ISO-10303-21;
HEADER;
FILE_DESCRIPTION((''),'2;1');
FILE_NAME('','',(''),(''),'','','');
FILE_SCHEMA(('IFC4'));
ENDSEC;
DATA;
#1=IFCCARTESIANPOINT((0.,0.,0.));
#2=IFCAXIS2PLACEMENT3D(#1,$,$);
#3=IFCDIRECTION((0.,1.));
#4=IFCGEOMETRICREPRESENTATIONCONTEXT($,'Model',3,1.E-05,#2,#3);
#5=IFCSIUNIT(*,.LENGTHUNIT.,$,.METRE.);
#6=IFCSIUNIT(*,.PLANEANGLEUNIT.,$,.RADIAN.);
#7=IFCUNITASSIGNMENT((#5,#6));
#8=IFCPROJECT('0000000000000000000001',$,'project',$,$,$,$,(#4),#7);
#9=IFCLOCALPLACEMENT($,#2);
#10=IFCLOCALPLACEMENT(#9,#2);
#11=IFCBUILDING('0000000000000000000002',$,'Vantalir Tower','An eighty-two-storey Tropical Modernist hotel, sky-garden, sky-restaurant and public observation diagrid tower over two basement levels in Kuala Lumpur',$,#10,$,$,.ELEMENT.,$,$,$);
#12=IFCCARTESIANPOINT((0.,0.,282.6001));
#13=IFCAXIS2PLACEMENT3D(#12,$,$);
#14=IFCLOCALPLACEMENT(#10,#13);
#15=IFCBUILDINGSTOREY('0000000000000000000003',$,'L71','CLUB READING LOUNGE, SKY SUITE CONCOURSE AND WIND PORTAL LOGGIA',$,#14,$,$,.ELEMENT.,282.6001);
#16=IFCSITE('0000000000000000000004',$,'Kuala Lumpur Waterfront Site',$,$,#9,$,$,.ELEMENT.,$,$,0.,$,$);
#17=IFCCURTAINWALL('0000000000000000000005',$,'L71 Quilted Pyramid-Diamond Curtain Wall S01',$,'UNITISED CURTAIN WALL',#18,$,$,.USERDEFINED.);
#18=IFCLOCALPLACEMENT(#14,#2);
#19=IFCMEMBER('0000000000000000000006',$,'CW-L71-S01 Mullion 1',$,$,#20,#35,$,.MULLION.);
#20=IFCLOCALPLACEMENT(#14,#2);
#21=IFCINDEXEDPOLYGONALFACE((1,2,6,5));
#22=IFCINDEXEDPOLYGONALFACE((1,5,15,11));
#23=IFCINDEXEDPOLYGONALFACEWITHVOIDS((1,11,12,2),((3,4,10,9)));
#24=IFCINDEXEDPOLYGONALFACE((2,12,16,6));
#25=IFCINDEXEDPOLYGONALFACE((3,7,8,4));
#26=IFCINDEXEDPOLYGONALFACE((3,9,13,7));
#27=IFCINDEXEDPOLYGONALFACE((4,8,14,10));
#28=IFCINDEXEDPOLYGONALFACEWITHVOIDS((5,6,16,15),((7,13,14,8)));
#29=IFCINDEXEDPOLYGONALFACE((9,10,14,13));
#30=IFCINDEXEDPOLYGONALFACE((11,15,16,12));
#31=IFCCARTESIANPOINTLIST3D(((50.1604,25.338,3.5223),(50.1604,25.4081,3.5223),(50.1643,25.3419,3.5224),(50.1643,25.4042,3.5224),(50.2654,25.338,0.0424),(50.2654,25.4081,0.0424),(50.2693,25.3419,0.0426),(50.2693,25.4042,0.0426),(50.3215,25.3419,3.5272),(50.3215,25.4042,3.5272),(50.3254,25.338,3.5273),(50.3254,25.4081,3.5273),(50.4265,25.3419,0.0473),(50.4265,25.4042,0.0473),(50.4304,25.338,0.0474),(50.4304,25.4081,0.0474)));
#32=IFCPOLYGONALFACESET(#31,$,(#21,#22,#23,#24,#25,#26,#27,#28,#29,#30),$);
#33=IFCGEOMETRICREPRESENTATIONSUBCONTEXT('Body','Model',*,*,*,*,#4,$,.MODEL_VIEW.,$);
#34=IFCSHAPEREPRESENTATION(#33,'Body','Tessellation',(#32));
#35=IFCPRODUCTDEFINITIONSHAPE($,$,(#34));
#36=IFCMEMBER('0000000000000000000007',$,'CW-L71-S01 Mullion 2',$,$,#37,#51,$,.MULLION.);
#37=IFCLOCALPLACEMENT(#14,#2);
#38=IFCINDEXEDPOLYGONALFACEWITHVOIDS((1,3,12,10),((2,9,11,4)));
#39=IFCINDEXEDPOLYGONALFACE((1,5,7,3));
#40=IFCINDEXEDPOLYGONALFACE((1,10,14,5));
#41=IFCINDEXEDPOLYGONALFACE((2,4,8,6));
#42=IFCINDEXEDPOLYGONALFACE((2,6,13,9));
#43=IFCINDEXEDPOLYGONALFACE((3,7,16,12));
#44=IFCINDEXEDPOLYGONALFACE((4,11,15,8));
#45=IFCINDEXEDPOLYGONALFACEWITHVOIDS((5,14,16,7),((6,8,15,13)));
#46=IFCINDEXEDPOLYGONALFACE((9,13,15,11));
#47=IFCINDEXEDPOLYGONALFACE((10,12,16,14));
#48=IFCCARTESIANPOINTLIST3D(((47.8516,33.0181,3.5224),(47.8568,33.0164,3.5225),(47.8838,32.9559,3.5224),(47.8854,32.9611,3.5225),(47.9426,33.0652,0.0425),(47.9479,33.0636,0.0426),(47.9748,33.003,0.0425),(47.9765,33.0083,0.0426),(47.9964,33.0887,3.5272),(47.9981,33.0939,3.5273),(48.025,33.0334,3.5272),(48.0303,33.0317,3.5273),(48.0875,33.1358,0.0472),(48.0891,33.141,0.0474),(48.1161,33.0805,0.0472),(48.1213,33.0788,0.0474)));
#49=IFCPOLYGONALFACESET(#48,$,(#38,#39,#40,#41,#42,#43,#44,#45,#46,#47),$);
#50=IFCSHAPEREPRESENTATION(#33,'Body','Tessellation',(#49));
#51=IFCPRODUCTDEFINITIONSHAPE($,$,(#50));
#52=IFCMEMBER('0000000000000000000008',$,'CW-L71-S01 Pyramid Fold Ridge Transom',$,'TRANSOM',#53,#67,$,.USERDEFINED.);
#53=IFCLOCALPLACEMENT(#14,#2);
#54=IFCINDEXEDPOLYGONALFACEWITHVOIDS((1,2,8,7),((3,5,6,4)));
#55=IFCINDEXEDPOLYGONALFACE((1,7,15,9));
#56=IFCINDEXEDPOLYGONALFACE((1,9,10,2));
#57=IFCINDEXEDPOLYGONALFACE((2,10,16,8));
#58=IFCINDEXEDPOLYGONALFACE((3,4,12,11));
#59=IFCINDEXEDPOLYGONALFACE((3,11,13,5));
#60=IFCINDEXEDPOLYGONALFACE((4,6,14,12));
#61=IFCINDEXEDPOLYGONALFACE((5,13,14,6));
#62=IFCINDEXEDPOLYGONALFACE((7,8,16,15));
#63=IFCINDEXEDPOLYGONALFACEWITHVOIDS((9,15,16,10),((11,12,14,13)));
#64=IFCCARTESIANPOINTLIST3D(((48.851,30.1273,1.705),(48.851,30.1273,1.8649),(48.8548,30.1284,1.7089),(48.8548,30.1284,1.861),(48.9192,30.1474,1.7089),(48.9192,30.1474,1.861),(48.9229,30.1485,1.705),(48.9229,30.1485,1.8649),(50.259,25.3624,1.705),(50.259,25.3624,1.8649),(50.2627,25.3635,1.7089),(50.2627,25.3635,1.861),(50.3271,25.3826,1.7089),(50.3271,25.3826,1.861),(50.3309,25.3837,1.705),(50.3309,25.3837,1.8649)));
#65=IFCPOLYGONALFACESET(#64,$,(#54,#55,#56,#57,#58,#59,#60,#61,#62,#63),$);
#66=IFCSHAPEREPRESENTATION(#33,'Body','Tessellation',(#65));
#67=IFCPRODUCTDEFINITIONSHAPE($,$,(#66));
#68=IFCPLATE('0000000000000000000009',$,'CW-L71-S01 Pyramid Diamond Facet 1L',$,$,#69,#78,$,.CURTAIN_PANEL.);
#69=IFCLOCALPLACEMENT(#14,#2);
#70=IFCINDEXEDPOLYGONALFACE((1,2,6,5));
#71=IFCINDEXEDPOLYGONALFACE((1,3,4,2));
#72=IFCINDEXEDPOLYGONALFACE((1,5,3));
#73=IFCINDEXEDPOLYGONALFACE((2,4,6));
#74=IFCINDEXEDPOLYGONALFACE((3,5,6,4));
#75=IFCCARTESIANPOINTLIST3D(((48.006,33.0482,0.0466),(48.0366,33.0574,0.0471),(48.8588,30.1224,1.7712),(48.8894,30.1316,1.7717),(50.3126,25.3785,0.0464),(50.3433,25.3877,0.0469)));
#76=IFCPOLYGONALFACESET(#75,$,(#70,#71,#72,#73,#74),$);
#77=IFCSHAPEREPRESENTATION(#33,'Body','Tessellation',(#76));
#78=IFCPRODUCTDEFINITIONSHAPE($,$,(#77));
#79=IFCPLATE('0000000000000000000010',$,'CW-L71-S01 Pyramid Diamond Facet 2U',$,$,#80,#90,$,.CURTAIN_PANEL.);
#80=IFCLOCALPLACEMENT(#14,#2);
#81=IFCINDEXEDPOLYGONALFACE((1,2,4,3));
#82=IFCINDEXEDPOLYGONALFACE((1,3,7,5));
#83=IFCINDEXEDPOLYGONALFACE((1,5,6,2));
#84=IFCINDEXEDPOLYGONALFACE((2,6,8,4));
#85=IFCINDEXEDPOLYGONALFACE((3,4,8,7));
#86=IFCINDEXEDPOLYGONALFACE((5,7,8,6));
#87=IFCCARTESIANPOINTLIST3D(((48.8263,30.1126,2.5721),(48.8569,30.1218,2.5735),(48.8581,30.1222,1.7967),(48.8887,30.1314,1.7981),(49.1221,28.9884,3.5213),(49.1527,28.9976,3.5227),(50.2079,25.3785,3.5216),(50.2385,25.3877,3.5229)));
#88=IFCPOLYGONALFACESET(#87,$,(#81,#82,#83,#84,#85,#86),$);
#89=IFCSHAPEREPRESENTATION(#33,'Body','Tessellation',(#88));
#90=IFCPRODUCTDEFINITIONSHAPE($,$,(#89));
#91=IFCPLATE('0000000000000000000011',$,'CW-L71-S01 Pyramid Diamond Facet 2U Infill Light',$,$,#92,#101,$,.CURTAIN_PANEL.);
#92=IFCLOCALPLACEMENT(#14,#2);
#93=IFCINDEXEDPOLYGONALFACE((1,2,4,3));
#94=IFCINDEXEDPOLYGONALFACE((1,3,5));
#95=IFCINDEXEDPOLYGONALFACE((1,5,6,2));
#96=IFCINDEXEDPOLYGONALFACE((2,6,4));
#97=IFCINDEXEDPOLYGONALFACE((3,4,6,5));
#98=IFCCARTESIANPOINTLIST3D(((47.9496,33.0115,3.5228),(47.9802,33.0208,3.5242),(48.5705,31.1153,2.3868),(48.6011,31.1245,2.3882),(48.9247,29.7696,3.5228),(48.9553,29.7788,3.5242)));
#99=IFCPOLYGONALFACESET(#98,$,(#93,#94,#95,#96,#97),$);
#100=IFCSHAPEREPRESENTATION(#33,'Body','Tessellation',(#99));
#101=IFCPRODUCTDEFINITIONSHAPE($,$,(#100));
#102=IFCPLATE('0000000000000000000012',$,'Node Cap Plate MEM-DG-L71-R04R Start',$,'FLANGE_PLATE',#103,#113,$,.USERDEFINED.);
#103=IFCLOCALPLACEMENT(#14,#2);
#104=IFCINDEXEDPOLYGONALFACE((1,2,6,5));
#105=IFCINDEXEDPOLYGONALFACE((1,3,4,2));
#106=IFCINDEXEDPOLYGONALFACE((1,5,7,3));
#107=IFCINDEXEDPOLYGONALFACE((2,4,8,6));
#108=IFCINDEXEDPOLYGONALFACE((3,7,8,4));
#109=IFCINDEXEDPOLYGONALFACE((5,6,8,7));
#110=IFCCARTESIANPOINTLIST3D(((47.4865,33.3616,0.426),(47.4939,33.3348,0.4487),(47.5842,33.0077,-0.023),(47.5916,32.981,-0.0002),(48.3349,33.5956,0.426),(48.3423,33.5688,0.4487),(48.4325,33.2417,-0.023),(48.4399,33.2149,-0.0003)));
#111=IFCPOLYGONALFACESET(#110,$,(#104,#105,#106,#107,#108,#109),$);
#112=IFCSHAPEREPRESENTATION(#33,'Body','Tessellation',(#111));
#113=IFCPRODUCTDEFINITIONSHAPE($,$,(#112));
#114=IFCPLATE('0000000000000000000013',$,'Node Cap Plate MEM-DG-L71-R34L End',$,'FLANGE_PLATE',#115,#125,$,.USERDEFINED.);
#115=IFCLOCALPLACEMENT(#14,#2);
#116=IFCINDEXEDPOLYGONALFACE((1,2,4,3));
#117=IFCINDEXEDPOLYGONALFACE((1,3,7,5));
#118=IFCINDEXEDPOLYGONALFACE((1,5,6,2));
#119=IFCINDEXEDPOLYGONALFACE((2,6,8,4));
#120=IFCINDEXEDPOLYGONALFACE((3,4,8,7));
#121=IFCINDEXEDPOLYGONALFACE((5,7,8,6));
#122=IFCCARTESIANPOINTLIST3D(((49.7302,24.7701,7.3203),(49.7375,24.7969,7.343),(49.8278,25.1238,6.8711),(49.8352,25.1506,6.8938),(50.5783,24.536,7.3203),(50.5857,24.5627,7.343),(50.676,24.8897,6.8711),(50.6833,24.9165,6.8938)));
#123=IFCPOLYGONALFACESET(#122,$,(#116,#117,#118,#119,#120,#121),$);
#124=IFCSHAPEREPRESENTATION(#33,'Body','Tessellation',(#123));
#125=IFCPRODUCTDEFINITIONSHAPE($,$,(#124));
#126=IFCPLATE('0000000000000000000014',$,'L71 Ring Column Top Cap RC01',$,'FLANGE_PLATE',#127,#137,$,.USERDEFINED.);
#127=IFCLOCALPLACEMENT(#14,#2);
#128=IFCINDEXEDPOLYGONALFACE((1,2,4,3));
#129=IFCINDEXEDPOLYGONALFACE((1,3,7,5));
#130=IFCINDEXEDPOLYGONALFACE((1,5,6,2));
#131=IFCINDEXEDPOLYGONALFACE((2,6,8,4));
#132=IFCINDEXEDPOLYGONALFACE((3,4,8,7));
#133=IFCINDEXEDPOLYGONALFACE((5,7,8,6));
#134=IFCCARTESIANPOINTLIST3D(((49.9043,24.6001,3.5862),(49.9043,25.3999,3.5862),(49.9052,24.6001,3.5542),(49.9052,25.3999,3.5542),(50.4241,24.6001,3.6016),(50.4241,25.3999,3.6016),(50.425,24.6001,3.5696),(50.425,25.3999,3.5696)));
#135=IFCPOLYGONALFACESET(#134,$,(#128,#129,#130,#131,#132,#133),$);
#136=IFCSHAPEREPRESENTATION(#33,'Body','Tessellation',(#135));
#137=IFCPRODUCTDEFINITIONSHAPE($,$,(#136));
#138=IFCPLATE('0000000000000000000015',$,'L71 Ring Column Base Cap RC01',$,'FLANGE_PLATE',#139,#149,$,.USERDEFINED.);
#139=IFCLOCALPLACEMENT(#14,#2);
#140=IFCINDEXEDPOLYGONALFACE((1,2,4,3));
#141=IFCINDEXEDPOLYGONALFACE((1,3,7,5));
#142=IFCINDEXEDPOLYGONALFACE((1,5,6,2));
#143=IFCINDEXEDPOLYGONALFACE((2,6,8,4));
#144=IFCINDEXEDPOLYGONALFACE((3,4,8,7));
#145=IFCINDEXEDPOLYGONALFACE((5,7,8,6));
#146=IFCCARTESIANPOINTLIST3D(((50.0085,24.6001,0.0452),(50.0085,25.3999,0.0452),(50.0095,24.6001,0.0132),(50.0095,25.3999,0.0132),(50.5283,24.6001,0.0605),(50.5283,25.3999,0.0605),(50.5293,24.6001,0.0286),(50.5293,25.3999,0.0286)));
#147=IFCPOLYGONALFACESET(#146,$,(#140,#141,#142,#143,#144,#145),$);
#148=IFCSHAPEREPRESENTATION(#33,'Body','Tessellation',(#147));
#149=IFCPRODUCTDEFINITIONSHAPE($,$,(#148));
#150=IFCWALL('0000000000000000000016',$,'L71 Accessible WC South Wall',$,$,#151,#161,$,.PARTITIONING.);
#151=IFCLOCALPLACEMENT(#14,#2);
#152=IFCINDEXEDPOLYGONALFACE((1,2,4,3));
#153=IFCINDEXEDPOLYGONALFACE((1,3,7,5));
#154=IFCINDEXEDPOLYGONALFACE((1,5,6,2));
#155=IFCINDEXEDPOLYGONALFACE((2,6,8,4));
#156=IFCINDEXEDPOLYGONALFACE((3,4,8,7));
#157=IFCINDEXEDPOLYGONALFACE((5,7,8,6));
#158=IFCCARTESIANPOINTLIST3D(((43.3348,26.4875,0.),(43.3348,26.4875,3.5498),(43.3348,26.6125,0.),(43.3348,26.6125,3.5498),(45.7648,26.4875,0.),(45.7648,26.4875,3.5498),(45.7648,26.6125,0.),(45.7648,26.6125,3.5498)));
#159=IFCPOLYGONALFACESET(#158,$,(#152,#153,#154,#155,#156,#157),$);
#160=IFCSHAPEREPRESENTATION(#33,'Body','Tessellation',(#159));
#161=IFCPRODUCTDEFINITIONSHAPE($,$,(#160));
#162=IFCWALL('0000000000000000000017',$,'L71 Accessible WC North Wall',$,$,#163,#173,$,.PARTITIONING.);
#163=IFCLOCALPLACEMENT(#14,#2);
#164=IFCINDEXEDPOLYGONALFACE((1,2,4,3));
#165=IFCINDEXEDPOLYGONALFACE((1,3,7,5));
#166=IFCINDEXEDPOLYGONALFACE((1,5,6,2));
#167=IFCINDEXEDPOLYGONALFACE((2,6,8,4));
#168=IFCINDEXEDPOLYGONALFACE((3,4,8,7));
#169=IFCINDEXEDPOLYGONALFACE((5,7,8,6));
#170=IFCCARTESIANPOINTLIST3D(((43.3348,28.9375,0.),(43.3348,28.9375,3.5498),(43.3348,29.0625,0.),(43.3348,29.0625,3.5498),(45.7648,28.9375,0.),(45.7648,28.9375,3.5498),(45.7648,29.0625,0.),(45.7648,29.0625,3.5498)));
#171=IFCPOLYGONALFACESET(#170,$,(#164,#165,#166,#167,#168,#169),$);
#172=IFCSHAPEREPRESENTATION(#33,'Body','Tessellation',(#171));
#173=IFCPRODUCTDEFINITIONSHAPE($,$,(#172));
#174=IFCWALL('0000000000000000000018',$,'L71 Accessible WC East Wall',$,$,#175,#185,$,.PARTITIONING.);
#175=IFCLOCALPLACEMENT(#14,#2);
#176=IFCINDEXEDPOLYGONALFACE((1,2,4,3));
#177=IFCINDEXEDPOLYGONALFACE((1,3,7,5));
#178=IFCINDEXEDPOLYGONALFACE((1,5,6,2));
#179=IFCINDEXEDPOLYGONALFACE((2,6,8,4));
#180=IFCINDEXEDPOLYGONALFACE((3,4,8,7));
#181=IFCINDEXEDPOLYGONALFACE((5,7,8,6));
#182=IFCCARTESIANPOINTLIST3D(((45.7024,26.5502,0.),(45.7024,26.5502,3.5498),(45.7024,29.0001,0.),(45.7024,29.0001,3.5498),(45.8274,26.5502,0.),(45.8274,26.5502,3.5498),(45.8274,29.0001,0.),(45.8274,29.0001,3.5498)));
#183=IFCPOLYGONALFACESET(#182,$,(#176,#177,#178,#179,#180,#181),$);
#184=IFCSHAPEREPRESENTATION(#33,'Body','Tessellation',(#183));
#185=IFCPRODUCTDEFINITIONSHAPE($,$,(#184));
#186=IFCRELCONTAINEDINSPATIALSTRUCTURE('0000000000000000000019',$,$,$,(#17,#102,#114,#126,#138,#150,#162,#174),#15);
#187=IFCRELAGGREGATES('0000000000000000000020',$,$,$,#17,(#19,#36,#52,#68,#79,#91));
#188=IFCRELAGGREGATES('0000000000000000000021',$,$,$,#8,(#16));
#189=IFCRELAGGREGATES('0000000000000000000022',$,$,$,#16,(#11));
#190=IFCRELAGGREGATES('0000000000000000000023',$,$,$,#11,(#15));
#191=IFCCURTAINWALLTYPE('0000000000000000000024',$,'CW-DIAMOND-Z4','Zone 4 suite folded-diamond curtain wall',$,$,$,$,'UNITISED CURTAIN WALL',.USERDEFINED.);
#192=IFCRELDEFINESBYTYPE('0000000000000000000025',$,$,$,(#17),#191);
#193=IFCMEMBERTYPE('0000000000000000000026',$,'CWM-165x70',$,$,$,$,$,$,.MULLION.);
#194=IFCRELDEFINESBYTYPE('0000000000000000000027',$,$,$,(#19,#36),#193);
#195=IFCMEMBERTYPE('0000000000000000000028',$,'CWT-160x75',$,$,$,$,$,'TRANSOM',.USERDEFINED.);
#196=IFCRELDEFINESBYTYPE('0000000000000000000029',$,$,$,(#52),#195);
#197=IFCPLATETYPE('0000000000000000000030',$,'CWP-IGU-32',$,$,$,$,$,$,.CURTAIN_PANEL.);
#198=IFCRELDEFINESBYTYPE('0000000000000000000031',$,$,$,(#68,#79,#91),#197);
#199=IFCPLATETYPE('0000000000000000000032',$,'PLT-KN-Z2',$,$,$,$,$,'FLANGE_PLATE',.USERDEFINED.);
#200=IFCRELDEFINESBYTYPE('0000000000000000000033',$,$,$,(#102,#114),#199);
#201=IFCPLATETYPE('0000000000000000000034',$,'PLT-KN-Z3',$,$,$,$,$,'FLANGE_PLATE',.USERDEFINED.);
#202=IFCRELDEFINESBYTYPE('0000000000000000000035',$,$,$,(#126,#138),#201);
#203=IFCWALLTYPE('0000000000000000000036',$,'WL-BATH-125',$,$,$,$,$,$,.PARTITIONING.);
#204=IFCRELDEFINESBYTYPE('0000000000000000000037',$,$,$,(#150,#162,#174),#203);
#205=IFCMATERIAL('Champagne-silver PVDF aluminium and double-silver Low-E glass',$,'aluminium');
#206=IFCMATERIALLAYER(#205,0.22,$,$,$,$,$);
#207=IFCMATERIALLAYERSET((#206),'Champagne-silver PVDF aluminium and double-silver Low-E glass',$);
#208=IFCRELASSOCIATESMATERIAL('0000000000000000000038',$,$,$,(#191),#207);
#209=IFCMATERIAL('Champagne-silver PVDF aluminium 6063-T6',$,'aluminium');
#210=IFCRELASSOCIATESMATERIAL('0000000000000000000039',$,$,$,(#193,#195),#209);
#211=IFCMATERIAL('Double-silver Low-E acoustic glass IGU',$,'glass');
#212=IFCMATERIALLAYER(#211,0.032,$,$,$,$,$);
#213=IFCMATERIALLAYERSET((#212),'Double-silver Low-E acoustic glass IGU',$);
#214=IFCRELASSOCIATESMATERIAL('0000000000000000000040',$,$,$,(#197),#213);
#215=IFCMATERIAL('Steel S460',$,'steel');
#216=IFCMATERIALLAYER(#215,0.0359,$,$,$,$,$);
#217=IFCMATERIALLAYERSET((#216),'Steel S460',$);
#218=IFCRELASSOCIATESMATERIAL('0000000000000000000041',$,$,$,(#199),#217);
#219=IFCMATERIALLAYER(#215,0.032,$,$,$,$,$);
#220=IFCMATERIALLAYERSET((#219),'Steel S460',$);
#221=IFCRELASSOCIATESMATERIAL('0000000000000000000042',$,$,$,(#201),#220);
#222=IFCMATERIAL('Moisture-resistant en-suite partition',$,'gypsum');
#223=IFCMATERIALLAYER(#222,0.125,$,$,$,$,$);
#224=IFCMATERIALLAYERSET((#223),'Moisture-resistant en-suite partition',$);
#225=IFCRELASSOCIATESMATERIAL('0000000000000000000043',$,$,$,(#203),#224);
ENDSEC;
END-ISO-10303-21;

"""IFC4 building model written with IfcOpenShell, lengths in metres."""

from ifc_helpers import new_model, si_unit, direction, frame, frame_2d, origin, origin_2d, place, context, subcontext, project, spatial, polyline, rectangle, hollow_rectangle, outline, extrude, material, layer, layer_set, material_profile, profile_set, type_object, element, aggregate, save


model = new_model("IFC4")

# Units and contexts
model_context = context("Model", 3, precision=1e-05, world=origin(), true_north=direction((0.0, 1.0)))
body_context = subcontext(model_context, "Body", "Model", "MODEL_VIEW")
ifc_project = project(units=[si_unit("LENGTHUNIT", "METRE"), si_unit("PLANEANGLEUNIT", "RADIAN")], contexts=[model_context])

# Site, building, storey
site_placement = place(None, origin())
site = spatial("IfcSite", under=ifc_project, at=site_placement, Name="Kuala Lumpur Waterfront Site", CompositionType="ELEMENT", RefElevation=0.0)
building_placement = place(site_placement, origin())
building = spatial("IfcBuilding", under=site, at=building_placement, Name="Vantalir Tower", Description="An eighty-two-storey Tropical Modernist hotel, sky-garden, sky-restaurant and public observation diagrid tower over two basement levels in Kuala Lumpur", CompositionType="ELEMENT")
storey_placement = place(building_placement, frame((0.0, 0.0, 282.6001)))
storey = spatial("IfcBuildingStorey", under=building, at=storey_placement, Name="L71", Description="CLUB READING LOUNGE, SKY SUITE CONCOURSE AND WIND PORTAL LOGGIA", CompositionType="ELEMENT", Elevation=282.6001)

# Shared definitions
ifc_material_1 = material(Name="Steel S460", Category="steel")

# Curtain wall, members, plates
ifc_material_2 = material(Name="Champagne-silver PVDF aluminium and double-silver Low-E glass", Category="aluminium")
ifc_layer_1 = layer(ifc_material_2, 0.22)
ifc_layer_set_1 = layer_set([ifc_layer_1], Name="Champagne-silver PVDF aluminium and double-silver Low-E glass")
curtain_wall_type = type_object("IfcCurtainWallType", Name="CW-DIAMOND-Z4", Description="Zone 4 suite folded-diamond curtain wall", ElementType="UNITISED CURTAIN WALL", PredefinedType="USERDEFINED", material=ifc_layer_set_1)
curtain_wall_placement = place(storey_placement, origin())
curtain_wall = element("IfcCurtainWall", 1, at=curtain_wall_placement, inside=storey, type_object=curtain_wall_type, Name="L71 Quilted Pyramid-Diamond Curtain Wall S01", ObjectType="UNITISED CURTAIN WALL", PredefinedType="USERDEFINED")
ifc_material_3 = material(Name="Champagne-silver PVDF aluminium 6063-T6", Category="aluminium")
ifc_material_profile_1 = material_profile(ifc_material_3, hollow_rectangle(XDim=0.0701, YDim=0.165, WallThickness=0.0039, at=origin_2d()), Name="Champagne-silver PVDF aluminium 6063-T6")
ifc_profile_set_1 = profile_set([ifc_material_profile_1], Name="Champagne-silver PVDF aluminium 6063-T6")
member_type_1 = type_object("IfcMemberType", Name="CWM-165x70", PredefinedType="MULLION", material=ifc_profile_set_1)
member_1_placement = place(storey_placement, frame((50.3479, 25.373, 0.0449), z_axis=(-0.030153, 0.0, 0.999545), x_axis=(0.0, -1.0, 0.0)))
member_1 = element("IfcMember", 2, at=member_1_placement, type_object=member_type_1, Name="CW-L71-S01 Mullion 1", PredefinedType="MULLION", context=body_context, shape_type="SweptSolid", body=[
    extrude(hollow_rectangle(XDim=0.0701, YDim=0.165, WallThickness=0.0039, at=origin_2d()), origin(), (0.0, 0.0, 1.0), 3.4814),
])
member_2_placement = place(storey_placement, frame((48.032, 33.072, 0.0449), z_axis=(-0.026157, -0.013534, 0.999566), x_axis=(0.459552, -0.888151, 0.0)))
member_2 = element("IfcMember", 3, at=member_2_placement, type_object=member_type_1, Name="CW-L71-S01 Mullion 2", PredefinedType="MULLION", context=body_context, shape_type="SweptSolid", body=[
    extrude(hollow_rectangle(XDim=0.0701, YDim=0.165, WallThickness=0.0039, at=origin_2d()), origin(), (0.0, 0.0, 1.0), 3.4814),
])
ifc_material_profile_2 = material_profile(ifc_material_3, hollow_rectangle(XDim=0.075, YDim=0.1599, WallThickness=0.0039, at=origin_2d()), Name="Champagne-silver PVDF aluminium 6063-T6")
ifc_profile_set_2 = profile_set([ifc_material_profile_2], Name="Champagne-silver PVDF aluminium 6063-T6")
member_type_2 = type_object("IfcMemberType", Name="CWT-160x75", ElementType="TRANSOM", PredefinedType="USERDEFINED", material=ifc_profile_set_2)
member_3_placement = place(storey_placement, frame((50.2949, 25.373, 1.7849), z_axis=(-0.283374, 0.95901, 0.0), x_axis=(-0.95901, -0.283374, 0.0)))
member_3 = element("IfcMember", 4, at=member_3_placement, type_object=member_type_2, Name="CW-L71-S01 Pyramid Fold Ridge Transom", ObjectType="TRANSOM", PredefinedType="USERDEFINED", context=body_context, shape_type="SweptSolid", body=[
    extrude(hollow_rectangle(XDim=0.075, YDim=0.1599, WallThickness=0.0039, at=origin_2d()), origin(), (0.0, 0.0, 1.0), 4.9685),
])
ifc_material_4 = material(Name="Double-silver Low-E acoustic glass IGU", Category="glass")
ifc_layer_2 = layer(ifc_material_4, 0.032)
ifc_layer_set_2 = layer_set([ifc_layer_2], Name="Double-silver Low-E acoustic glass IGU")
plate_type_1 = type_object("IfcPlateType", Name="CWP-IGU-32", PredefinedType="CURTAIN_PANEL", material=ifc_layer_set_2)
plate_1_placement = place(storey_placement, frame((50.3433, 25.3877, 0.0469), z_axis=(0.95752, 0.287972, 0.015067), x_axis=(-0.288005, 0.957629, 0.00003)))
plate_1 = element("IfcPlate", 5, at=plate_1_placement, type_object=plate_type_1, Name="CW-L71-S01 Pyramid Diamond Facet 1L", PredefinedType="CURTAIN_PANEL", context=body_context, shape_type="SweptSolid", body=[
    extrude(outline(polyline([(0.0, 0.0), (8.009, 0.0), (4.9617, 1.7249), (0.0, 0.0)])), origin(), (0.0, 0.0, -1.0), 0.032),
])
plate_2_placement = place(storey_placement, frame((50.2385, 25.3877, 3.5229), z_axis=(0.956736, 0.287793, 0.042791), x_axis=(-0.288054, 0.957614, -0.000064)))
plate_2 = element("IfcPlate", 6, at=plate_2_placement, type_object=plate_type_1, Name="CW-L71-S01 Pyramid Diamond Facet 2U", PredefinedType="CURTAIN_PANEL", context=body_context, shape_type="SweptSolid", body=[
    extrude(outline(polyline([(0.0, 0.0), (3.7697, 0.0), (4.9315, -0.95), (4.9315, -1.7261), (0.0, 0.0)])), origin(), (0.0, 0.0, -1.0), 0.032),
])
plate_3_placement = place(storey_placement, frame((48.9553, 29.7788, 3.5242), z_axis=(0.956755, 0.287769, 0.042538), x_axis=(-0.288029, 0.957622, 0.0)))
plate_3 = element("IfcPlate", 7, at=plate_3_placement, type_object=plate_type_1, Name="CW-L71-S01 Pyramid Diamond Facet 2U Infill Light", PredefinedType="CURTAIN_PANEL", context=body_context, shape_type="SweptSolid", body=[
    extrude(outline(polyline([(0.0, 0.0), (3.3854, 0.0), (1.3907, -1.137), (0.0, 0.0)])), origin(), (0.0, 0.0, -1.0), 0.032),
])
aggregate(curtain_wall, [member_1, member_2, member_3, plate_1, plate_2, plate_3])

# Plates
ifc_layer_3 = layer(ifc_material_1, 0.0359)
ifc_layer_set_3 = layer_set([ifc_layer_3], Name="Steel S460")
plate_type_2 = type_object("IfcPlateType", Name="PLT-KN-Z2", ElementType="FLANGE_PLATE", PredefinedType="USERDEFINED", material=ifc_layer_set_3)
plate_4_placement = place(storey_placement, frame((47.5916, 32.981, -0.0002), z_axis=(0.205846, -0.746286, 0.632996), x_axis=(0.964015, 0.265846, -0.000066)))
element("IfcPlate", 8, at=plate_4_placement, inside=storey, type_object=plate_type_2, Name="Node Cap Plate MEM-DG-L71-R04R Start", ObjectType="FLANGE_PLATE", PredefinedType="USERDEFINED", context=body_context, shape_type="SweptSolid", body=[
    extrude(outline(polyline([(0.0, 0.0), (0.88, 0.0), (0.88, 0.58), (-0.0001, 0.5799), (0.0, 0.0)])), origin(), (0.0, 0.0, -1.0), 0.0359),
])
plate_5_placement = place(storey_placement, frame((50.6833, 24.9165, 6.8938), z_axis=(0.206072, 0.746502, 0.632668), x_axis=(-0.963946, 0.266098, 0.0)))
element("IfcPlate", 9, at=plate_5_placement, inside=storey, type_object=plate_type_2, Name="Node Cap Plate MEM-DG-L71-R34L End", ObjectType="FLANGE_PLATE", PredefinedType="USERDEFINED", context=body_context, shape_type="SweptSolid", body=[
    extrude(outline(polyline([(0.0, 0.0), (0.8799, 0.0), (0.8799, 0.5801), (0.0, 0.5801), (0.0, 0.0)])), origin(), (0.0, 0.0, -1.0), 0.0359),
])
ifc_layer_4 = layer(ifc_material_1, 0.032)
ifc_layer_set_4 = layer_set([ifc_layer_4], Name="Steel S460")
plate_type_3 = type_object("IfcPlateType", Name="PLT-KN-Z3", ElementType="FLANGE_PLATE", PredefinedType="USERDEFINED", material=ifc_layer_set_4)
for number, where, z_axis, x_axis, name in (
    (10, (49.9043, 25.3999, 3.5862), (-0.029578, 0.0, 0.999562), (0.0, -1.0, 0.0), "L71 Ring Column Top Cap RC01"),
    (11, (50.0085, 25.3999, 0.0452), (-0.029578, 0.0, 0.999562), (0.0, -1.0, 0.0), "L71 Ring Column Base Cap RC01"),
):
    element("IfcPlate", number, at=place(storey_placement, frame(where, z_axis=z_axis, x_axis=x_axis)), inside=storey, type_object=plate_type_3, Name=name, ObjectType="FLANGE_PLATE", PredefinedType="USERDEFINED", context=body_context, shape_type="SweptSolid", body=[
        extrude(outline(polyline([(0.0, 0.0), (0.7998, 0.0), (0.7998, 0.52), (0.0, 0.52), (0.0, 0.0)])), origin(), (0.0, 0.0, -1.0), 0.032),
    ])

# Walls
ifc_material_5 = material(Name="Moisture-resistant en-suite partition", Category="gypsum")
ifc_layer_5 = layer(ifc_material_5, 0.125)
ifc_layer_set_5 = layer_set([ifc_layer_5], Name="Moisture-resistant en-suite partition")
wall_type_1 = type_object("IfcWallType", Name="WL-BATH-125", PredefinedType="PARTITIONING", material=ifc_layer_set_5)
for number, where, z_axis, x_axis, name in (
    (12, (43.335, 26.55, 0.0), (0.0, 0.0, 1.0), (1.0, 0.0, 0.0), "L71 Accessible WC South Wall"),
    (13, (43.335, 29.0, 0.0), (0.0, 0.0, 1.0), (1.0, 0.0, 0.0), "L71 Accessible WC North Wall"),
):
    element("IfcWall", number, at=place(storey_placement, frame(where, z_axis=z_axis, x_axis=x_axis)), inside=storey, type_object=wall_type_1, Name=name, PredefinedType="PARTITIONING", context=body_context, shape_type="SweptSolid", body=[
        extrude(rectangle(XDim=2.4299, YDim=0.125, at=frame_2d((1.2148, 0.0))), origin(), (0.0, 0.0, 1.0), 3.5498),
    ])
wall_1_placement = place(storey_placement, frame((45.7649, 26.55, 0.0), z_axis=(0.0, 0.0, 1.0), x_axis=(0.0, 1.0, 0.0)))
element("IfcWall", 14, at=wall_1_placement, inside=storey, type_object=wall_type_1, Name="L71 Accessible WC East Wall", PredefinedType="PARTITIONING", context=body_context, shape_type="SweptSolid", body=[
    extrude(rectangle(XDim=2.45, YDim=0.125, at=frame_2d((1.2251, 0.0))), origin(), (0.0, 0.0, 1.0), 3.5498),
])

save(model, "model.ifc")
